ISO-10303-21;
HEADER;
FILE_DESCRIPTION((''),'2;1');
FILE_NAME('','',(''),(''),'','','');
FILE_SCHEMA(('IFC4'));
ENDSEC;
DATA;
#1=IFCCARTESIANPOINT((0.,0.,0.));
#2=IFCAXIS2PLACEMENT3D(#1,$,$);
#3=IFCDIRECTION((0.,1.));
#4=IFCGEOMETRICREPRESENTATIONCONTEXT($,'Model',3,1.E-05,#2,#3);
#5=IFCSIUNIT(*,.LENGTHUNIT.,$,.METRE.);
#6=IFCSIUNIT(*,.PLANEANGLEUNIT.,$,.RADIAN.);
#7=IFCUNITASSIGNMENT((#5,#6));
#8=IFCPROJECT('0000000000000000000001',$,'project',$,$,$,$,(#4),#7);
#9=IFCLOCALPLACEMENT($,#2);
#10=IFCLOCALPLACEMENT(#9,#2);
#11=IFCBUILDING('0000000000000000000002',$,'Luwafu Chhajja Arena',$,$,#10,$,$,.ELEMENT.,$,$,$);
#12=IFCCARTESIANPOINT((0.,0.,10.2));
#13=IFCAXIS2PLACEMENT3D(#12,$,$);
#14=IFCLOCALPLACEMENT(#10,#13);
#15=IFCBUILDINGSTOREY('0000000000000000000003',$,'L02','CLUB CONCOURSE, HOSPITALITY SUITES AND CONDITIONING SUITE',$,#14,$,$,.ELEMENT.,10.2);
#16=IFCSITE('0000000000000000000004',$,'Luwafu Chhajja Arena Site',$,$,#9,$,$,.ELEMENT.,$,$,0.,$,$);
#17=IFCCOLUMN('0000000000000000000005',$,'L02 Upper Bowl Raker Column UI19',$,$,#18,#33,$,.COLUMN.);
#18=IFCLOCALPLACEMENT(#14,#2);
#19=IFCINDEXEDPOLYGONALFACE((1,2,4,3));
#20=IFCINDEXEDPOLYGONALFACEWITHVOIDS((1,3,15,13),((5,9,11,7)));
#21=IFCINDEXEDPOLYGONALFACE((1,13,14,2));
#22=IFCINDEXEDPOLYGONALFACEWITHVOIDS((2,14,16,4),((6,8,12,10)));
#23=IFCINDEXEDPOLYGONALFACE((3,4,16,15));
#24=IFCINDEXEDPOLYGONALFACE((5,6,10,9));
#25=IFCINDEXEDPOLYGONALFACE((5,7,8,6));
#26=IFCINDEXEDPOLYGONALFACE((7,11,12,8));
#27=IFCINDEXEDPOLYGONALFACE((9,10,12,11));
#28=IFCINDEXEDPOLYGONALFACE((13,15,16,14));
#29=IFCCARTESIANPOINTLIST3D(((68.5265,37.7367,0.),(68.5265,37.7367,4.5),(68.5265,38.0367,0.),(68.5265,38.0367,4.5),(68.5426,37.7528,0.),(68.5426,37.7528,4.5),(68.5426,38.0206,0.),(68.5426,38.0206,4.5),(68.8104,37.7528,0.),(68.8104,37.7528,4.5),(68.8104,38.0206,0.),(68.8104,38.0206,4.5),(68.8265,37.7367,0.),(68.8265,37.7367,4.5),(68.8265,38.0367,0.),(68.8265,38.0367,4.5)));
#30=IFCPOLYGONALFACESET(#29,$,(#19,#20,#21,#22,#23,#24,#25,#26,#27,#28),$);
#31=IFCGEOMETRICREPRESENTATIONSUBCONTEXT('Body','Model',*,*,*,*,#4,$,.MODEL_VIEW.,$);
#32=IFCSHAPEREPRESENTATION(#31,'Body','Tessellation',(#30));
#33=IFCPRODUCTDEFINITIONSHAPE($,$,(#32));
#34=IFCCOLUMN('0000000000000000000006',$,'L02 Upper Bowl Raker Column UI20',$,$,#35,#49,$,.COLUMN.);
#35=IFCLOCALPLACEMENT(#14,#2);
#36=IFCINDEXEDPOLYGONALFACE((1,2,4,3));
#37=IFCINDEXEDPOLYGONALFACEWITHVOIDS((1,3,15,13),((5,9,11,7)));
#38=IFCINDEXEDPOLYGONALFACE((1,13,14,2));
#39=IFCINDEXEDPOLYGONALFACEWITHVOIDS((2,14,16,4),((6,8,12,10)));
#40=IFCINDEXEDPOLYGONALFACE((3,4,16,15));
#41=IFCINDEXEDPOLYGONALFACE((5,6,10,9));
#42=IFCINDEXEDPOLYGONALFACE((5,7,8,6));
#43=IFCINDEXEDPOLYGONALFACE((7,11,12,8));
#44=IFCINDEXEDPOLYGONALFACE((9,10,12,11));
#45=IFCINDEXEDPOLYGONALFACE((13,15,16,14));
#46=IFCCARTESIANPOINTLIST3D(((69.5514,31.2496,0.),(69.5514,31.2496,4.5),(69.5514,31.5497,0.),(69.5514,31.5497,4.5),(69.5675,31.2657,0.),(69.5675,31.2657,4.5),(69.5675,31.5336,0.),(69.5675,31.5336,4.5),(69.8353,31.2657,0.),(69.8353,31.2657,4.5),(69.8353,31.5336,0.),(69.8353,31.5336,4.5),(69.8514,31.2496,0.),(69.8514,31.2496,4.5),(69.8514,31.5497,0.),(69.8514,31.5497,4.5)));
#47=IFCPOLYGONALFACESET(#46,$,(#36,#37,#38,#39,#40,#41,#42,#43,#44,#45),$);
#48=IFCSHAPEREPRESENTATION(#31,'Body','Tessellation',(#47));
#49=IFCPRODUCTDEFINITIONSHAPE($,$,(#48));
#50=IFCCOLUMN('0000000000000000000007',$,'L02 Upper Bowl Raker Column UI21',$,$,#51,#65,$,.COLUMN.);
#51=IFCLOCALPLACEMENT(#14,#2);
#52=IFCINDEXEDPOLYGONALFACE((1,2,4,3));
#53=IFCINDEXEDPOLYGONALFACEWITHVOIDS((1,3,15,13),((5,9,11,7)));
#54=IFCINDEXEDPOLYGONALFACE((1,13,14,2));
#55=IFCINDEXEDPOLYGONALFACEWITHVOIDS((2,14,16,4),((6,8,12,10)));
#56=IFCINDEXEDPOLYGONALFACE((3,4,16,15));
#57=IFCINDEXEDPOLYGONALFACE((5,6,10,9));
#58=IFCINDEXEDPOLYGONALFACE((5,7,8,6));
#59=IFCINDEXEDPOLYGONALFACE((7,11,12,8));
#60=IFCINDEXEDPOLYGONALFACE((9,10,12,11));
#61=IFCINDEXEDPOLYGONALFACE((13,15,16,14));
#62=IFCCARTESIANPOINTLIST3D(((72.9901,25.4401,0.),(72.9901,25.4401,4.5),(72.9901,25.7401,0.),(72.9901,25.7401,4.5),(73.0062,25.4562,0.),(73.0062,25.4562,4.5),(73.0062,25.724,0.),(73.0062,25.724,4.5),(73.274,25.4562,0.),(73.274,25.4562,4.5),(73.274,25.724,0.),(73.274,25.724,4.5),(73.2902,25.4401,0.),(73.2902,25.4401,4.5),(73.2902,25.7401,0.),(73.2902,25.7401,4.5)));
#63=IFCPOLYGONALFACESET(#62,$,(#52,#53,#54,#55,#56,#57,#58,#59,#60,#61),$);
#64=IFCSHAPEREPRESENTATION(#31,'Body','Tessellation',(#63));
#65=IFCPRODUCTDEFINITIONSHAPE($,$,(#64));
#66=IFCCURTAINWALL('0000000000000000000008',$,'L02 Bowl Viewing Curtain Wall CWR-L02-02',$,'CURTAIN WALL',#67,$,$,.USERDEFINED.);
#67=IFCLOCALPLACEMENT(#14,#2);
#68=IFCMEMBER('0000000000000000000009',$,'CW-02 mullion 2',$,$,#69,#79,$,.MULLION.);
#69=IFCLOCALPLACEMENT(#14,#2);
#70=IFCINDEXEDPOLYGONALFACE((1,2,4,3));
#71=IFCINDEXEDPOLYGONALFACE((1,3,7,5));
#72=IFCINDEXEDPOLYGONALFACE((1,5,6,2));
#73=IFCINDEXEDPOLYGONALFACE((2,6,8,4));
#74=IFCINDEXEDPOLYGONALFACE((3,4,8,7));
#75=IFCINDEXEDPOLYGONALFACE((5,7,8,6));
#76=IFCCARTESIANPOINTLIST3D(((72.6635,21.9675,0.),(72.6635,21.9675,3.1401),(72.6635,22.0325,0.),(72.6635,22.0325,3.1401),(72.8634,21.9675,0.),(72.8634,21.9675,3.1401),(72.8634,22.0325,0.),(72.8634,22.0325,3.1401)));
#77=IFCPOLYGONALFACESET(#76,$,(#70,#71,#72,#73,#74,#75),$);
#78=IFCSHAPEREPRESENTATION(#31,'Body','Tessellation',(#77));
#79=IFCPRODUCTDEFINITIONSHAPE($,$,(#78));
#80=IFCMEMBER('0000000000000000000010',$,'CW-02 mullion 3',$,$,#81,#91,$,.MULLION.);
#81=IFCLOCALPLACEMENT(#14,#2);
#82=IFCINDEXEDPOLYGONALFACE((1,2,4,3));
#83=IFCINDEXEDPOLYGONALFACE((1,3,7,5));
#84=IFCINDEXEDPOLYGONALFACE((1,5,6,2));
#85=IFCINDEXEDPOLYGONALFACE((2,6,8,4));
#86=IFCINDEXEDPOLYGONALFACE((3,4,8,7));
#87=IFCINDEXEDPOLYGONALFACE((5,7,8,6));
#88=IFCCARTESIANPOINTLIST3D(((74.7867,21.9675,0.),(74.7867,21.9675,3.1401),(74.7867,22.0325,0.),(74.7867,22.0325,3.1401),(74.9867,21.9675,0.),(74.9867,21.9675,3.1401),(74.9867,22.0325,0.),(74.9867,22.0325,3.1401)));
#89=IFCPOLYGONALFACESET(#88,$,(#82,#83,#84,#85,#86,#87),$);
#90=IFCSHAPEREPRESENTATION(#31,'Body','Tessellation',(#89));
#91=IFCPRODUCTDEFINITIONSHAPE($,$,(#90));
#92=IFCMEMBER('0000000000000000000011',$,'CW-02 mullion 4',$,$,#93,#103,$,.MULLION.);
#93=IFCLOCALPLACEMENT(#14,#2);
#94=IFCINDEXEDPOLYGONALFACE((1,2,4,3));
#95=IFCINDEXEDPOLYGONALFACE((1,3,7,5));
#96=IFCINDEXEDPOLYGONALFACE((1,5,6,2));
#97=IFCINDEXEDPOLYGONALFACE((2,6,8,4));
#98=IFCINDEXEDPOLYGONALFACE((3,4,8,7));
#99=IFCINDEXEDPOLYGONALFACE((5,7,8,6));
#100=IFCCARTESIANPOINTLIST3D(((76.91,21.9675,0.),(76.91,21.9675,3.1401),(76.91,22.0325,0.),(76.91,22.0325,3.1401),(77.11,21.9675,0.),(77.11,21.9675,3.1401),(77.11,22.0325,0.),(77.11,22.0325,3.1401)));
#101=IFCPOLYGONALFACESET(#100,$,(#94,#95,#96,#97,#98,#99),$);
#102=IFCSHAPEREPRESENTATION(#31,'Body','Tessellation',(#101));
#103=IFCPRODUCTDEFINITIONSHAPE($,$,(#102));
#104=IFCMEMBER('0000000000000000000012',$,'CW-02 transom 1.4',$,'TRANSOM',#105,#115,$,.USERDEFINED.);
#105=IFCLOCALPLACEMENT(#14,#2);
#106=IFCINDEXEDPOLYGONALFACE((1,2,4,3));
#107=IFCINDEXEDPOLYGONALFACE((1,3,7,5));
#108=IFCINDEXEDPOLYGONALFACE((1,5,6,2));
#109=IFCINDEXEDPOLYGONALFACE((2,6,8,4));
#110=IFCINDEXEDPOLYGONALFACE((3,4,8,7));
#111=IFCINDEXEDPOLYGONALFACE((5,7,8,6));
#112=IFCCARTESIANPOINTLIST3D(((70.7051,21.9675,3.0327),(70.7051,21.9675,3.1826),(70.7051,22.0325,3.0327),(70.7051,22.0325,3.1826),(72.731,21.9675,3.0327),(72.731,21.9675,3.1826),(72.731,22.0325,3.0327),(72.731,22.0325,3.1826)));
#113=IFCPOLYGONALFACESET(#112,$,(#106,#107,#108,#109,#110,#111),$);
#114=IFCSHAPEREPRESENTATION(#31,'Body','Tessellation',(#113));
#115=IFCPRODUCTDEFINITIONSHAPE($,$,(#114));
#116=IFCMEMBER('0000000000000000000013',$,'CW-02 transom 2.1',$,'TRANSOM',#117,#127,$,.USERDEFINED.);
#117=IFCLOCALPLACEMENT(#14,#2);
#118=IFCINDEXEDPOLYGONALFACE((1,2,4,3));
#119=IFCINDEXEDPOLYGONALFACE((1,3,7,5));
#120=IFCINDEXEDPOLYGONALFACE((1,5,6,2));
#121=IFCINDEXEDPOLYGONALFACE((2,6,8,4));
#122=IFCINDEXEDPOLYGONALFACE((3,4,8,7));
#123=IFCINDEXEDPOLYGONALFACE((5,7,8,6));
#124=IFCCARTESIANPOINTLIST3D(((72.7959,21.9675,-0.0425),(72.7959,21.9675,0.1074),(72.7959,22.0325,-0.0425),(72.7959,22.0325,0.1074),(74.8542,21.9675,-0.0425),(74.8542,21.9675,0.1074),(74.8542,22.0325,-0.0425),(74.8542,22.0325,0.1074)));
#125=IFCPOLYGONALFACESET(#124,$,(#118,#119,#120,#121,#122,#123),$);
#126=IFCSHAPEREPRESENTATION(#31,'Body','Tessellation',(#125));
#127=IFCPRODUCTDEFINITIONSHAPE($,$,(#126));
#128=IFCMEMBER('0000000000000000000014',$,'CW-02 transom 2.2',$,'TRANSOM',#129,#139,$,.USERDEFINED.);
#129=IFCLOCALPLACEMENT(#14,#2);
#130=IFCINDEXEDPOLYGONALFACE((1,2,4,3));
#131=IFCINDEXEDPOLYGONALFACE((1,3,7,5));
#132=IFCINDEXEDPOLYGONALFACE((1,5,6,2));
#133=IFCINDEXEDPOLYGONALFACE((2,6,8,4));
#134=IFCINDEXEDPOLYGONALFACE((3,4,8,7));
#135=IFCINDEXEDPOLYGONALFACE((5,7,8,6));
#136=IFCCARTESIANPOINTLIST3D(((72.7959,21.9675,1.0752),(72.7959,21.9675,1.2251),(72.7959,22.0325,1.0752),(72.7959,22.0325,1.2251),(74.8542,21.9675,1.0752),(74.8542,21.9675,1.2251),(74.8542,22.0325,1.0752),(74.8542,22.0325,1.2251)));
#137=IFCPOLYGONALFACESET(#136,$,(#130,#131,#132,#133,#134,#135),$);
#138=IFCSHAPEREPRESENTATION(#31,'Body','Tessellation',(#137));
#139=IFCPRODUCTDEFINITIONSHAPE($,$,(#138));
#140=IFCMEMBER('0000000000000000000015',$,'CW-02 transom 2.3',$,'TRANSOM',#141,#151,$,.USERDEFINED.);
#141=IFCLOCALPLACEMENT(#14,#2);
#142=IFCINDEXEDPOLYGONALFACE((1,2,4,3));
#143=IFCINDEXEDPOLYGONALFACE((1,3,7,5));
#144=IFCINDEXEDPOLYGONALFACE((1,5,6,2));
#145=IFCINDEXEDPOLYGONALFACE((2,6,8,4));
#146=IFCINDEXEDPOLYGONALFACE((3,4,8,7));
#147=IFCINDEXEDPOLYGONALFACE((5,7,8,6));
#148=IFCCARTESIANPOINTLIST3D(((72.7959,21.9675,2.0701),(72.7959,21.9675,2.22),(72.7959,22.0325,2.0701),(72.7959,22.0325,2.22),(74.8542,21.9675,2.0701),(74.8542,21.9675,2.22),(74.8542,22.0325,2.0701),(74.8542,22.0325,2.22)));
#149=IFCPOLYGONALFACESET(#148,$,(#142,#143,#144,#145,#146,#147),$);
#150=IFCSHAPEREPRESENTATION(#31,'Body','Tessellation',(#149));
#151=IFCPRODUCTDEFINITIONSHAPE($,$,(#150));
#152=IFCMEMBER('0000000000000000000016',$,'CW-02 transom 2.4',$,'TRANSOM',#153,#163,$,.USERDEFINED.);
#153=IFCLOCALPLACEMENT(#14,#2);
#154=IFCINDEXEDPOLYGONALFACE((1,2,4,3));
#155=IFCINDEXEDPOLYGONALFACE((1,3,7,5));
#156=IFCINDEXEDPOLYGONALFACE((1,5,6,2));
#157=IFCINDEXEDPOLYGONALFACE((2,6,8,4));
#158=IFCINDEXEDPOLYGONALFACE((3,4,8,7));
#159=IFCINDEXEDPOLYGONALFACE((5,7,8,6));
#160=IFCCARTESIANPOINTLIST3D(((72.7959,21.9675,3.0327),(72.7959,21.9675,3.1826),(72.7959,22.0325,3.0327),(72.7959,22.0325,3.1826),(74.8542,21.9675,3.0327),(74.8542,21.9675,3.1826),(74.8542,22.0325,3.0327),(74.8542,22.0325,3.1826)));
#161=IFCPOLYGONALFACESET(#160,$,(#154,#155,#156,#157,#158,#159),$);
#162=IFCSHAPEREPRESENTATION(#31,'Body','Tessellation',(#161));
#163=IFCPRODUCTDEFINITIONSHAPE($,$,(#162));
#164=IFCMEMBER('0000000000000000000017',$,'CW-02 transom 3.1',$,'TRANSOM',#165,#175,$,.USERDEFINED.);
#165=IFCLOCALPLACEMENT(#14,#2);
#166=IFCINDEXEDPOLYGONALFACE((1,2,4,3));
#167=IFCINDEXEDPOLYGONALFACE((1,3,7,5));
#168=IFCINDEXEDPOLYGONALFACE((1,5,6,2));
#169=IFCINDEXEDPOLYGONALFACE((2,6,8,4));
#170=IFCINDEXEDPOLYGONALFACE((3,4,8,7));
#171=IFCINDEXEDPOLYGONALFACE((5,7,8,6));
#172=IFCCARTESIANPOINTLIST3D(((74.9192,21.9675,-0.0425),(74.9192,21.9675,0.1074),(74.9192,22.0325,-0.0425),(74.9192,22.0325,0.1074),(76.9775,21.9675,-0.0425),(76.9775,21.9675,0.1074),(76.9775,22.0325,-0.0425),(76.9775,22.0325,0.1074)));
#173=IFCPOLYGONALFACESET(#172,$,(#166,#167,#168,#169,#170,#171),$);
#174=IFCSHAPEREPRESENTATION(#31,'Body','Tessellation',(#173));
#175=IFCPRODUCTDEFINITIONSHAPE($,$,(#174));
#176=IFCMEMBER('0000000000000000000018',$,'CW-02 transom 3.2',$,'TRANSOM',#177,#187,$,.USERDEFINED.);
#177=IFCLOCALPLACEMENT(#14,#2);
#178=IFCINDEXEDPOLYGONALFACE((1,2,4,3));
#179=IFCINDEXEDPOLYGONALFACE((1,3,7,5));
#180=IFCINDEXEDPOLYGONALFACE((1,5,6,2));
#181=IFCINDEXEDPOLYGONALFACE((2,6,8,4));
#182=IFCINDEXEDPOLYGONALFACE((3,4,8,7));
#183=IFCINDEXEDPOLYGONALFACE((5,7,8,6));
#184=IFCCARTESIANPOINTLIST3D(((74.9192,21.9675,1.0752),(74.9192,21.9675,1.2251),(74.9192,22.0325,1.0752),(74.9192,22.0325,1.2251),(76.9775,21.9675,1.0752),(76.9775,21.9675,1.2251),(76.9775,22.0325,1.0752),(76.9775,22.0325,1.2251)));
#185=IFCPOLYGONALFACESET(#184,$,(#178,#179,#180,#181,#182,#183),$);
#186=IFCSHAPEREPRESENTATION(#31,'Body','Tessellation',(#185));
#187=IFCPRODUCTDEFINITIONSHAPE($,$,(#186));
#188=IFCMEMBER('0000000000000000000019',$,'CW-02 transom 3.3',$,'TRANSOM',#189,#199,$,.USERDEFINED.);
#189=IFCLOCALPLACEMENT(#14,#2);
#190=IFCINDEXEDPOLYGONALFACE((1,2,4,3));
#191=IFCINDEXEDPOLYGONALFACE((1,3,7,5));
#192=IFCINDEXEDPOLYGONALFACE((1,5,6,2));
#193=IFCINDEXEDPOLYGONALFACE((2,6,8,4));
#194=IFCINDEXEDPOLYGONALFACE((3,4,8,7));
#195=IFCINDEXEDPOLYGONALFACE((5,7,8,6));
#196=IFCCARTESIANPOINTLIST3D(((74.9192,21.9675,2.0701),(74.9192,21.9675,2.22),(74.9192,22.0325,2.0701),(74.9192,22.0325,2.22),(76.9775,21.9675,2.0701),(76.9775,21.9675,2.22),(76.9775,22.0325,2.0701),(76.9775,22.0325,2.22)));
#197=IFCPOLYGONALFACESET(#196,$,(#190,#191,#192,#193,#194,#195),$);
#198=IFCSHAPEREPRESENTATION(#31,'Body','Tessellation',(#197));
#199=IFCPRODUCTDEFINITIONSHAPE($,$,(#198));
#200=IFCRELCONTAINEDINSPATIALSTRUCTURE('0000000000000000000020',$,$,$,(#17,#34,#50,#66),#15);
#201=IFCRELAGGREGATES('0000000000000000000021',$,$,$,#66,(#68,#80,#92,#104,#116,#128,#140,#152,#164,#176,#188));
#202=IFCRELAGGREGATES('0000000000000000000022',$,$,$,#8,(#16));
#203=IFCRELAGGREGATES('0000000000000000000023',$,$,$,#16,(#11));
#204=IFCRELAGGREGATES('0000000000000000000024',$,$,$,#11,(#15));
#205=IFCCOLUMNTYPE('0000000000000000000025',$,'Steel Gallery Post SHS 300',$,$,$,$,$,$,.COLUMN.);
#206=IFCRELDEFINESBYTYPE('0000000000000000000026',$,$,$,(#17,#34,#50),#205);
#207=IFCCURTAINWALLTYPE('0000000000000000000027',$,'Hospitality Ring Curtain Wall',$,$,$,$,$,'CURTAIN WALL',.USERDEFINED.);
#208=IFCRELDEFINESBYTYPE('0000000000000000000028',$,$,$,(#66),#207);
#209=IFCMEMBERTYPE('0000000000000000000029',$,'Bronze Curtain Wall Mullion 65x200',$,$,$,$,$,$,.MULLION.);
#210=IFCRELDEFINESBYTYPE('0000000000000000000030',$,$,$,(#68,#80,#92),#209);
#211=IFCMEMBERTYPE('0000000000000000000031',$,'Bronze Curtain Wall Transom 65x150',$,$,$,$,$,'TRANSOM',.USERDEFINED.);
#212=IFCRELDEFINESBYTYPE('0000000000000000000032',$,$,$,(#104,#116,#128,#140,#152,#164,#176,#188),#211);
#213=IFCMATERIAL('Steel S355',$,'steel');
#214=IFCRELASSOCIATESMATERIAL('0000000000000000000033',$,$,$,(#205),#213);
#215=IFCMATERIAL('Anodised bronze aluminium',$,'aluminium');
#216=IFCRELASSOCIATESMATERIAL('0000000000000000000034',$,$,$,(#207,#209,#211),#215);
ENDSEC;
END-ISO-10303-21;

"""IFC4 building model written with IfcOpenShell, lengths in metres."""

from ifc_helpers import new_model, si_unit, direction, frame, origin, origin_2d, place, context, subcontext, project, spatial, rectangle, hollow_rectangle, extrude, material, material_profile, profile_set, type_object, element, aggregate, save


model = new_model("IFC4")

# Units and contexts
model_context = context("Model", 3, precision=1e-05, world=origin(), true_north=direction((0.0, 1.0)))
body_context = subcontext(model_context, "Body", "Model", "MODEL_VIEW")
ifc_project = project(units=[si_unit("LENGTHUNIT", "METRE"), si_unit("PLANEANGLEUNIT", "RADIAN")], contexts=[model_context])

# Site, building, storey
site_placement = place(None, origin())
site = spatial("IfcSite", under=ifc_project, at=site_placement, Name="Luwafu Chhajja Arena Site", CompositionType="ELEMENT", RefElevation=0.0)
building_placement = place(site_placement, origin())
building = spatial("IfcBuilding", under=site, at=building_placement, Name="Luwafu Chhajja Arena", CompositionType="ELEMENT")
storey_placement = place(building_placement, frame((0.0, 0.0, 10.2)))
storey = spatial("IfcBuildingStorey", under=building, at=storey_placement, Name="L02", Description="CLUB CONCOURSE, HOSPITALITY SUITES AND CONDITIONING SUITE", CompositionType="ELEMENT", Elevation=10.2)

# Columns
ifc_material_1 = material(Name="Steel S355", Category="steel")
ifc_material_profile_1 = material_profile(ifc_material_1, hollow_rectangle(XDim=0.3, YDim=0.3, WallThickness=0.0161, at=origin_2d()), Name="SHS 300x300x16")
ifc_profile_set_1 = profile_set([ifc_material_profile_1], Name="Steel S355")
column_type = type_object("IfcColumnType", Name="Steel Gallery Post SHS 300", PredefinedType="COLUMN", material=ifc_profile_set_1)
for number, where, z_axis, x_axis, name in (
    (1, (68.6765, 37.8867, 0.0), (0.0, 0.0, 1.0), (1.0, 0.0, 0.0), "L02 Upper Bowl Raker Column UI19"),
    (2, (69.7014, 31.3997, 0.0), (0.0, 0.0, 1.0), (1.0, 0.0, 0.0), "L02 Upper Bowl Raker Column UI20"),
    (3, (73.1401, 25.5901, 0.0), (0.0, 0.0, 1.0), (1.0, 0.0, 0.0), "L02 Upper Bowl Raker Column UI21"),
):
    element("IfcColumn", number, at=place(storey_placement, frame(where, z_axis=z_axis, x_axis=x_axis)), inside=storey, type_object=column_type, Name=name, PredefinedType="COLUMN", context=body_context, shape_type="SweptSolid", body=[
        extrude(hollow_rectangle(XDim=0.3, YDim=0.3, WallThickness=0.0161, at=origin_2d()), origin(), (0.0, 0.0, 1.0), 4.5),
    ])

# Curtain wall, members
ifc_material_2 = material(Name="Anodised bronze aluminium", Category="aluminium")
curtain_wall_type = type_object("IfcCurtainWallType", Name="Hospitality Ring Curtain Wall", ElementType="CURTAIN WALL", PredefinedType="USERDEFINED", material=ifc_material_2)
curtain_wall_placement = place(storey_placement, origin())
curtain_wall = element("IfcCurtainWall", 4, at=curtain_wall_placement, inside=storey, type_object=curtain_wall_type, Name="L02 Bowl Viewing Curtain Wall CWR-L02-02", ObjectType="CURTAIN WALL", PredefinedType="USERDEFINED")
ifc_material_profile_2 = material_profile(ifc_material_2, rectangle(XDim=0.0649, YDim=0.2, at=origin_2d()), Name="CWM 65x200")
ifc_profile_set_2 = profile_set([ifc_material_profile_2], Name="Anodised bronze aluminium")
member_type_1 = type_object("IfcMemberType", Name="Bronze Curtain Wall Mullion 65x200", PredefinedType="MULLION", material=ifc_profile_set_2)
member_1_placement = place(storey_placement, frame((72.7634, 22.0, 0.0), z_axis=(0.0, 0.0, 1.0), x_axis=(0.0, 1.0, 0.0)))
member_1 = element("IfcMember", 5, at=member_1_placement, type_object=member_type_1, Name="CW-02 mullion 2", PredefinedType="MULLION", context=body_context, shape_type="SweptSolid", body=[
    extrude(rectangle(XDim=0.0649, YDim=0.2, at=origin_2d()), origin(), (0.0, 0.0, 1.0), 3.1401),
])
member_2_placement = place(storey_placement, frame((74.8867, 22.0, 0.0), z_axis=(0.0, 0.0, 1.0), x_axis=(0.0, 1.0, 0.0)))
member_2 = element("IfcMember", 6, at=member_2_placement, type_object=member_type_1, Name="CW-02 mullion 3", PredefinedType="MULLION", context=body_context, shape_type="SweptSolid", body=[
    extrude(rectangle(XDim=0.0649, YDim=0.2, at=origin_2d()), origin(), (0.0, 0.0, 1.0), 3.1401),
])
member_3_placement = place(storey_placement, frame((77.01, 22.0, 0.0), z_axis=(0.0, 0.0, 1.0), x_axis=(0.0, 1.0, 0.0)))
member_3 = element("IfcMember", 7, at=member_3_placement, type_object=member_type_1, Name="CW-02 mullion 4", PredefinedType="MULLION", context=body_context, shape_type="SweptSolid", body=[
    extrude(rectangle(XDim=0.0649, YDim=0.2, at=origin_2d()), origin(), (0.0, 0.0, 1.0), 3.1401),
])
ifc_material_profile_3 = material_profile(ifc_material_2, rectangle(XDim=0.0649, YDim=0.1499, at=origin_2d()), Name="CWT 65x150")
ifc_profile_set_3 = profile_set([ifc_material_profile_3], Name="Anodised bronze aluminium")
member_type_2 = type_object("IfcMemberType", Name="Bronze Curtain Wall Transom 65x150", ElementType="TRANSOM", PredefinedType="USERDEFINED", material=ifc_profile_set_3)
member_4_placement = place(storey_placement, frame((70.7051, 22.0, 3.1077), z_axis=(1.0, 0.0, 0.0), x_axis=(0.0, 1.0, 0.0)))
member_4 = element("IfcMember", 8, at=member_4_placement, type_object=member_type_2, Name="CW-02 transom 1.4", ObjectType="TRANSOM", PredefinedType="USERDEFINED", context=body_context, shape_type="SweptSolid", body=[
    extrude(rectangle(XDim=0.0649, YDim=0.1499, at=origin_2d()), origin(), (0.0, 0.0, 1.0), 2.0259),
])
member_5_placement = place(storey_placement, frame((72.7959, 22.0, 0.0325), z_axis=(1.0, 0.0, 0.0), x_axis=(0.0, 1.0, 0.0)))
member_5 = element("IfcMember", 9, at=member_5_placement, type_object=member_type_2, Name="CW-02 transom 2.1", ObjectType="TRANSOM", PredefinedType="USERDEFINED", context=body_context, shape_type="SweptSolid", body=[
    extrude(rectangle(XDim=0.0649, YDim=0.1499, at=origin_2d()), origin(), (0.0, 0.0, 1.0), 2.0583),
])
member_6_placement = place(storey_placement, frame((72.7959, 22.0, 1.1501), z_axis=(1.0, 0.0, 0.0), x_axis=(0.0, 1.0, 0.0)))
member_6 = element("IfcMember", 10, at=member_6_placement, type_object=member_type_2, Name="CW-02 transom 2.2", ObjectType="TRANSOM", PredefinedType="USERDEFINED", context=body_context, shape_type="SweptSolid", body=[
    extrude(rectangle(XDim=0.0649, YDim=0.1499, at=origin_2d()), origin(), (0.0, 0.0, 1.0), 2.0583),
])
member_7_placement = place(storey_placement, frame((72.7959, 22.0, 2.145), z_axis=(1.0, 0.0, 0.0), x_axis=(0.0, 1.0, 0.0)))
member_7 = element("IfcMember", 11, at=member_7_placement, type_object=member_type_2, Name="CW-02 transom 2.3", ObjectType="TRANSOM", PredefinedType="USERDEFINED", context=body_context, shape_type="SweptSolid", body=[
    extrude(rectangle(XDim=0.0649, YDim=0.1499, at=origin_2d()), origin(), (0.0, 0.0, 1.0), 2.0583),
])
member_8_placement = place(storey_placement, frame((72.7959, 22.0, 3.1077), z_axis=(1.0, 0.0, 0.0), x_axis=(0.0, 1.0, 0.0)))
member_8 = element("IfcMember", 12, at=member_8_placement, type_object=member_type_2, Name="CW-02 transom 2.4", ObjectType="TRANSOM", PredefinedType="USERDEFINED", context=body_context, shape_type="SweptSolid", body=[
    extrude(rectangle(XDim=0.0649, YDim=0.1499, at=origin_2d()), origin(), (0.0, 0.0, 1.0), 2.0583),
])
member_9_placement = place(storey_placement, frame((74.9192, 22.0, 0.0325), z_axis=(1.0, 0.0, 0.0), x_axis=(0.0, 1.0, 0.0)))
member_9 = element("IfcMember", 13, at=member_9_placement, type_object=member_type_2, Name="CW-02 transom 3.1", ObjectType="TRANSOM", PredefinedType="USERDEFINED", context=body_context, shape_type="SweptSolid", body=[
    extrude(rectangle(XDim=0.0649, YDim=0.1499, at=origin_2d()), origin(), (0.0, 0.0, 1.0), 2.0583),
])
member_10_placement = place(storey_placement, frame((74.9192, 22.0, 1.1501), z_axis=(1.0, 0.0, 0.0), x_axis=(0.0, 1.0, 0.0)))
member_10 = element("IfcMember", 14, at=member_10_placement, type_object=member_type_2, Name="CW-02 transom 3.2", ObjectType="TRANSOM", PredefinedType="USERDEFINED", context=body_context, shape_type="SweptSolid", body=[
    extrude(rectangle(XDim=0.0649, YDim=0.1499, at=origin_2d()), origin(), (0.0, 0.0, 1.0), 2.0583),
])
member_11_placement = place(storey_placement, frame((74.9192, 22.0, 2.145), z_axis=(1.0, 0.0, 0.0), x_axis=(0.0, 1.0, 0.0)))
member_11 = element("IfcMember", 15, at=member_11_placement, type_object=member_type_2, Name="CW-02 transom 3.3", ObjectType="TRANSOM", PredefinedType="USERDEFINED", context=body_context, shape_type="SweptSolid", body=[
    extrude(rectangle(XDim=0.0649, YDim=0.1499, at=origin_2d()), origin(), (0.0, 0.0, 1.0), 2.0583),
])
aggregate(curtain_wall, [member_1, member_2, member_3, member_4, member_5, member_6, member_7, member_8, member_9, member_10, member_11])

save(model, "model.ifc")
